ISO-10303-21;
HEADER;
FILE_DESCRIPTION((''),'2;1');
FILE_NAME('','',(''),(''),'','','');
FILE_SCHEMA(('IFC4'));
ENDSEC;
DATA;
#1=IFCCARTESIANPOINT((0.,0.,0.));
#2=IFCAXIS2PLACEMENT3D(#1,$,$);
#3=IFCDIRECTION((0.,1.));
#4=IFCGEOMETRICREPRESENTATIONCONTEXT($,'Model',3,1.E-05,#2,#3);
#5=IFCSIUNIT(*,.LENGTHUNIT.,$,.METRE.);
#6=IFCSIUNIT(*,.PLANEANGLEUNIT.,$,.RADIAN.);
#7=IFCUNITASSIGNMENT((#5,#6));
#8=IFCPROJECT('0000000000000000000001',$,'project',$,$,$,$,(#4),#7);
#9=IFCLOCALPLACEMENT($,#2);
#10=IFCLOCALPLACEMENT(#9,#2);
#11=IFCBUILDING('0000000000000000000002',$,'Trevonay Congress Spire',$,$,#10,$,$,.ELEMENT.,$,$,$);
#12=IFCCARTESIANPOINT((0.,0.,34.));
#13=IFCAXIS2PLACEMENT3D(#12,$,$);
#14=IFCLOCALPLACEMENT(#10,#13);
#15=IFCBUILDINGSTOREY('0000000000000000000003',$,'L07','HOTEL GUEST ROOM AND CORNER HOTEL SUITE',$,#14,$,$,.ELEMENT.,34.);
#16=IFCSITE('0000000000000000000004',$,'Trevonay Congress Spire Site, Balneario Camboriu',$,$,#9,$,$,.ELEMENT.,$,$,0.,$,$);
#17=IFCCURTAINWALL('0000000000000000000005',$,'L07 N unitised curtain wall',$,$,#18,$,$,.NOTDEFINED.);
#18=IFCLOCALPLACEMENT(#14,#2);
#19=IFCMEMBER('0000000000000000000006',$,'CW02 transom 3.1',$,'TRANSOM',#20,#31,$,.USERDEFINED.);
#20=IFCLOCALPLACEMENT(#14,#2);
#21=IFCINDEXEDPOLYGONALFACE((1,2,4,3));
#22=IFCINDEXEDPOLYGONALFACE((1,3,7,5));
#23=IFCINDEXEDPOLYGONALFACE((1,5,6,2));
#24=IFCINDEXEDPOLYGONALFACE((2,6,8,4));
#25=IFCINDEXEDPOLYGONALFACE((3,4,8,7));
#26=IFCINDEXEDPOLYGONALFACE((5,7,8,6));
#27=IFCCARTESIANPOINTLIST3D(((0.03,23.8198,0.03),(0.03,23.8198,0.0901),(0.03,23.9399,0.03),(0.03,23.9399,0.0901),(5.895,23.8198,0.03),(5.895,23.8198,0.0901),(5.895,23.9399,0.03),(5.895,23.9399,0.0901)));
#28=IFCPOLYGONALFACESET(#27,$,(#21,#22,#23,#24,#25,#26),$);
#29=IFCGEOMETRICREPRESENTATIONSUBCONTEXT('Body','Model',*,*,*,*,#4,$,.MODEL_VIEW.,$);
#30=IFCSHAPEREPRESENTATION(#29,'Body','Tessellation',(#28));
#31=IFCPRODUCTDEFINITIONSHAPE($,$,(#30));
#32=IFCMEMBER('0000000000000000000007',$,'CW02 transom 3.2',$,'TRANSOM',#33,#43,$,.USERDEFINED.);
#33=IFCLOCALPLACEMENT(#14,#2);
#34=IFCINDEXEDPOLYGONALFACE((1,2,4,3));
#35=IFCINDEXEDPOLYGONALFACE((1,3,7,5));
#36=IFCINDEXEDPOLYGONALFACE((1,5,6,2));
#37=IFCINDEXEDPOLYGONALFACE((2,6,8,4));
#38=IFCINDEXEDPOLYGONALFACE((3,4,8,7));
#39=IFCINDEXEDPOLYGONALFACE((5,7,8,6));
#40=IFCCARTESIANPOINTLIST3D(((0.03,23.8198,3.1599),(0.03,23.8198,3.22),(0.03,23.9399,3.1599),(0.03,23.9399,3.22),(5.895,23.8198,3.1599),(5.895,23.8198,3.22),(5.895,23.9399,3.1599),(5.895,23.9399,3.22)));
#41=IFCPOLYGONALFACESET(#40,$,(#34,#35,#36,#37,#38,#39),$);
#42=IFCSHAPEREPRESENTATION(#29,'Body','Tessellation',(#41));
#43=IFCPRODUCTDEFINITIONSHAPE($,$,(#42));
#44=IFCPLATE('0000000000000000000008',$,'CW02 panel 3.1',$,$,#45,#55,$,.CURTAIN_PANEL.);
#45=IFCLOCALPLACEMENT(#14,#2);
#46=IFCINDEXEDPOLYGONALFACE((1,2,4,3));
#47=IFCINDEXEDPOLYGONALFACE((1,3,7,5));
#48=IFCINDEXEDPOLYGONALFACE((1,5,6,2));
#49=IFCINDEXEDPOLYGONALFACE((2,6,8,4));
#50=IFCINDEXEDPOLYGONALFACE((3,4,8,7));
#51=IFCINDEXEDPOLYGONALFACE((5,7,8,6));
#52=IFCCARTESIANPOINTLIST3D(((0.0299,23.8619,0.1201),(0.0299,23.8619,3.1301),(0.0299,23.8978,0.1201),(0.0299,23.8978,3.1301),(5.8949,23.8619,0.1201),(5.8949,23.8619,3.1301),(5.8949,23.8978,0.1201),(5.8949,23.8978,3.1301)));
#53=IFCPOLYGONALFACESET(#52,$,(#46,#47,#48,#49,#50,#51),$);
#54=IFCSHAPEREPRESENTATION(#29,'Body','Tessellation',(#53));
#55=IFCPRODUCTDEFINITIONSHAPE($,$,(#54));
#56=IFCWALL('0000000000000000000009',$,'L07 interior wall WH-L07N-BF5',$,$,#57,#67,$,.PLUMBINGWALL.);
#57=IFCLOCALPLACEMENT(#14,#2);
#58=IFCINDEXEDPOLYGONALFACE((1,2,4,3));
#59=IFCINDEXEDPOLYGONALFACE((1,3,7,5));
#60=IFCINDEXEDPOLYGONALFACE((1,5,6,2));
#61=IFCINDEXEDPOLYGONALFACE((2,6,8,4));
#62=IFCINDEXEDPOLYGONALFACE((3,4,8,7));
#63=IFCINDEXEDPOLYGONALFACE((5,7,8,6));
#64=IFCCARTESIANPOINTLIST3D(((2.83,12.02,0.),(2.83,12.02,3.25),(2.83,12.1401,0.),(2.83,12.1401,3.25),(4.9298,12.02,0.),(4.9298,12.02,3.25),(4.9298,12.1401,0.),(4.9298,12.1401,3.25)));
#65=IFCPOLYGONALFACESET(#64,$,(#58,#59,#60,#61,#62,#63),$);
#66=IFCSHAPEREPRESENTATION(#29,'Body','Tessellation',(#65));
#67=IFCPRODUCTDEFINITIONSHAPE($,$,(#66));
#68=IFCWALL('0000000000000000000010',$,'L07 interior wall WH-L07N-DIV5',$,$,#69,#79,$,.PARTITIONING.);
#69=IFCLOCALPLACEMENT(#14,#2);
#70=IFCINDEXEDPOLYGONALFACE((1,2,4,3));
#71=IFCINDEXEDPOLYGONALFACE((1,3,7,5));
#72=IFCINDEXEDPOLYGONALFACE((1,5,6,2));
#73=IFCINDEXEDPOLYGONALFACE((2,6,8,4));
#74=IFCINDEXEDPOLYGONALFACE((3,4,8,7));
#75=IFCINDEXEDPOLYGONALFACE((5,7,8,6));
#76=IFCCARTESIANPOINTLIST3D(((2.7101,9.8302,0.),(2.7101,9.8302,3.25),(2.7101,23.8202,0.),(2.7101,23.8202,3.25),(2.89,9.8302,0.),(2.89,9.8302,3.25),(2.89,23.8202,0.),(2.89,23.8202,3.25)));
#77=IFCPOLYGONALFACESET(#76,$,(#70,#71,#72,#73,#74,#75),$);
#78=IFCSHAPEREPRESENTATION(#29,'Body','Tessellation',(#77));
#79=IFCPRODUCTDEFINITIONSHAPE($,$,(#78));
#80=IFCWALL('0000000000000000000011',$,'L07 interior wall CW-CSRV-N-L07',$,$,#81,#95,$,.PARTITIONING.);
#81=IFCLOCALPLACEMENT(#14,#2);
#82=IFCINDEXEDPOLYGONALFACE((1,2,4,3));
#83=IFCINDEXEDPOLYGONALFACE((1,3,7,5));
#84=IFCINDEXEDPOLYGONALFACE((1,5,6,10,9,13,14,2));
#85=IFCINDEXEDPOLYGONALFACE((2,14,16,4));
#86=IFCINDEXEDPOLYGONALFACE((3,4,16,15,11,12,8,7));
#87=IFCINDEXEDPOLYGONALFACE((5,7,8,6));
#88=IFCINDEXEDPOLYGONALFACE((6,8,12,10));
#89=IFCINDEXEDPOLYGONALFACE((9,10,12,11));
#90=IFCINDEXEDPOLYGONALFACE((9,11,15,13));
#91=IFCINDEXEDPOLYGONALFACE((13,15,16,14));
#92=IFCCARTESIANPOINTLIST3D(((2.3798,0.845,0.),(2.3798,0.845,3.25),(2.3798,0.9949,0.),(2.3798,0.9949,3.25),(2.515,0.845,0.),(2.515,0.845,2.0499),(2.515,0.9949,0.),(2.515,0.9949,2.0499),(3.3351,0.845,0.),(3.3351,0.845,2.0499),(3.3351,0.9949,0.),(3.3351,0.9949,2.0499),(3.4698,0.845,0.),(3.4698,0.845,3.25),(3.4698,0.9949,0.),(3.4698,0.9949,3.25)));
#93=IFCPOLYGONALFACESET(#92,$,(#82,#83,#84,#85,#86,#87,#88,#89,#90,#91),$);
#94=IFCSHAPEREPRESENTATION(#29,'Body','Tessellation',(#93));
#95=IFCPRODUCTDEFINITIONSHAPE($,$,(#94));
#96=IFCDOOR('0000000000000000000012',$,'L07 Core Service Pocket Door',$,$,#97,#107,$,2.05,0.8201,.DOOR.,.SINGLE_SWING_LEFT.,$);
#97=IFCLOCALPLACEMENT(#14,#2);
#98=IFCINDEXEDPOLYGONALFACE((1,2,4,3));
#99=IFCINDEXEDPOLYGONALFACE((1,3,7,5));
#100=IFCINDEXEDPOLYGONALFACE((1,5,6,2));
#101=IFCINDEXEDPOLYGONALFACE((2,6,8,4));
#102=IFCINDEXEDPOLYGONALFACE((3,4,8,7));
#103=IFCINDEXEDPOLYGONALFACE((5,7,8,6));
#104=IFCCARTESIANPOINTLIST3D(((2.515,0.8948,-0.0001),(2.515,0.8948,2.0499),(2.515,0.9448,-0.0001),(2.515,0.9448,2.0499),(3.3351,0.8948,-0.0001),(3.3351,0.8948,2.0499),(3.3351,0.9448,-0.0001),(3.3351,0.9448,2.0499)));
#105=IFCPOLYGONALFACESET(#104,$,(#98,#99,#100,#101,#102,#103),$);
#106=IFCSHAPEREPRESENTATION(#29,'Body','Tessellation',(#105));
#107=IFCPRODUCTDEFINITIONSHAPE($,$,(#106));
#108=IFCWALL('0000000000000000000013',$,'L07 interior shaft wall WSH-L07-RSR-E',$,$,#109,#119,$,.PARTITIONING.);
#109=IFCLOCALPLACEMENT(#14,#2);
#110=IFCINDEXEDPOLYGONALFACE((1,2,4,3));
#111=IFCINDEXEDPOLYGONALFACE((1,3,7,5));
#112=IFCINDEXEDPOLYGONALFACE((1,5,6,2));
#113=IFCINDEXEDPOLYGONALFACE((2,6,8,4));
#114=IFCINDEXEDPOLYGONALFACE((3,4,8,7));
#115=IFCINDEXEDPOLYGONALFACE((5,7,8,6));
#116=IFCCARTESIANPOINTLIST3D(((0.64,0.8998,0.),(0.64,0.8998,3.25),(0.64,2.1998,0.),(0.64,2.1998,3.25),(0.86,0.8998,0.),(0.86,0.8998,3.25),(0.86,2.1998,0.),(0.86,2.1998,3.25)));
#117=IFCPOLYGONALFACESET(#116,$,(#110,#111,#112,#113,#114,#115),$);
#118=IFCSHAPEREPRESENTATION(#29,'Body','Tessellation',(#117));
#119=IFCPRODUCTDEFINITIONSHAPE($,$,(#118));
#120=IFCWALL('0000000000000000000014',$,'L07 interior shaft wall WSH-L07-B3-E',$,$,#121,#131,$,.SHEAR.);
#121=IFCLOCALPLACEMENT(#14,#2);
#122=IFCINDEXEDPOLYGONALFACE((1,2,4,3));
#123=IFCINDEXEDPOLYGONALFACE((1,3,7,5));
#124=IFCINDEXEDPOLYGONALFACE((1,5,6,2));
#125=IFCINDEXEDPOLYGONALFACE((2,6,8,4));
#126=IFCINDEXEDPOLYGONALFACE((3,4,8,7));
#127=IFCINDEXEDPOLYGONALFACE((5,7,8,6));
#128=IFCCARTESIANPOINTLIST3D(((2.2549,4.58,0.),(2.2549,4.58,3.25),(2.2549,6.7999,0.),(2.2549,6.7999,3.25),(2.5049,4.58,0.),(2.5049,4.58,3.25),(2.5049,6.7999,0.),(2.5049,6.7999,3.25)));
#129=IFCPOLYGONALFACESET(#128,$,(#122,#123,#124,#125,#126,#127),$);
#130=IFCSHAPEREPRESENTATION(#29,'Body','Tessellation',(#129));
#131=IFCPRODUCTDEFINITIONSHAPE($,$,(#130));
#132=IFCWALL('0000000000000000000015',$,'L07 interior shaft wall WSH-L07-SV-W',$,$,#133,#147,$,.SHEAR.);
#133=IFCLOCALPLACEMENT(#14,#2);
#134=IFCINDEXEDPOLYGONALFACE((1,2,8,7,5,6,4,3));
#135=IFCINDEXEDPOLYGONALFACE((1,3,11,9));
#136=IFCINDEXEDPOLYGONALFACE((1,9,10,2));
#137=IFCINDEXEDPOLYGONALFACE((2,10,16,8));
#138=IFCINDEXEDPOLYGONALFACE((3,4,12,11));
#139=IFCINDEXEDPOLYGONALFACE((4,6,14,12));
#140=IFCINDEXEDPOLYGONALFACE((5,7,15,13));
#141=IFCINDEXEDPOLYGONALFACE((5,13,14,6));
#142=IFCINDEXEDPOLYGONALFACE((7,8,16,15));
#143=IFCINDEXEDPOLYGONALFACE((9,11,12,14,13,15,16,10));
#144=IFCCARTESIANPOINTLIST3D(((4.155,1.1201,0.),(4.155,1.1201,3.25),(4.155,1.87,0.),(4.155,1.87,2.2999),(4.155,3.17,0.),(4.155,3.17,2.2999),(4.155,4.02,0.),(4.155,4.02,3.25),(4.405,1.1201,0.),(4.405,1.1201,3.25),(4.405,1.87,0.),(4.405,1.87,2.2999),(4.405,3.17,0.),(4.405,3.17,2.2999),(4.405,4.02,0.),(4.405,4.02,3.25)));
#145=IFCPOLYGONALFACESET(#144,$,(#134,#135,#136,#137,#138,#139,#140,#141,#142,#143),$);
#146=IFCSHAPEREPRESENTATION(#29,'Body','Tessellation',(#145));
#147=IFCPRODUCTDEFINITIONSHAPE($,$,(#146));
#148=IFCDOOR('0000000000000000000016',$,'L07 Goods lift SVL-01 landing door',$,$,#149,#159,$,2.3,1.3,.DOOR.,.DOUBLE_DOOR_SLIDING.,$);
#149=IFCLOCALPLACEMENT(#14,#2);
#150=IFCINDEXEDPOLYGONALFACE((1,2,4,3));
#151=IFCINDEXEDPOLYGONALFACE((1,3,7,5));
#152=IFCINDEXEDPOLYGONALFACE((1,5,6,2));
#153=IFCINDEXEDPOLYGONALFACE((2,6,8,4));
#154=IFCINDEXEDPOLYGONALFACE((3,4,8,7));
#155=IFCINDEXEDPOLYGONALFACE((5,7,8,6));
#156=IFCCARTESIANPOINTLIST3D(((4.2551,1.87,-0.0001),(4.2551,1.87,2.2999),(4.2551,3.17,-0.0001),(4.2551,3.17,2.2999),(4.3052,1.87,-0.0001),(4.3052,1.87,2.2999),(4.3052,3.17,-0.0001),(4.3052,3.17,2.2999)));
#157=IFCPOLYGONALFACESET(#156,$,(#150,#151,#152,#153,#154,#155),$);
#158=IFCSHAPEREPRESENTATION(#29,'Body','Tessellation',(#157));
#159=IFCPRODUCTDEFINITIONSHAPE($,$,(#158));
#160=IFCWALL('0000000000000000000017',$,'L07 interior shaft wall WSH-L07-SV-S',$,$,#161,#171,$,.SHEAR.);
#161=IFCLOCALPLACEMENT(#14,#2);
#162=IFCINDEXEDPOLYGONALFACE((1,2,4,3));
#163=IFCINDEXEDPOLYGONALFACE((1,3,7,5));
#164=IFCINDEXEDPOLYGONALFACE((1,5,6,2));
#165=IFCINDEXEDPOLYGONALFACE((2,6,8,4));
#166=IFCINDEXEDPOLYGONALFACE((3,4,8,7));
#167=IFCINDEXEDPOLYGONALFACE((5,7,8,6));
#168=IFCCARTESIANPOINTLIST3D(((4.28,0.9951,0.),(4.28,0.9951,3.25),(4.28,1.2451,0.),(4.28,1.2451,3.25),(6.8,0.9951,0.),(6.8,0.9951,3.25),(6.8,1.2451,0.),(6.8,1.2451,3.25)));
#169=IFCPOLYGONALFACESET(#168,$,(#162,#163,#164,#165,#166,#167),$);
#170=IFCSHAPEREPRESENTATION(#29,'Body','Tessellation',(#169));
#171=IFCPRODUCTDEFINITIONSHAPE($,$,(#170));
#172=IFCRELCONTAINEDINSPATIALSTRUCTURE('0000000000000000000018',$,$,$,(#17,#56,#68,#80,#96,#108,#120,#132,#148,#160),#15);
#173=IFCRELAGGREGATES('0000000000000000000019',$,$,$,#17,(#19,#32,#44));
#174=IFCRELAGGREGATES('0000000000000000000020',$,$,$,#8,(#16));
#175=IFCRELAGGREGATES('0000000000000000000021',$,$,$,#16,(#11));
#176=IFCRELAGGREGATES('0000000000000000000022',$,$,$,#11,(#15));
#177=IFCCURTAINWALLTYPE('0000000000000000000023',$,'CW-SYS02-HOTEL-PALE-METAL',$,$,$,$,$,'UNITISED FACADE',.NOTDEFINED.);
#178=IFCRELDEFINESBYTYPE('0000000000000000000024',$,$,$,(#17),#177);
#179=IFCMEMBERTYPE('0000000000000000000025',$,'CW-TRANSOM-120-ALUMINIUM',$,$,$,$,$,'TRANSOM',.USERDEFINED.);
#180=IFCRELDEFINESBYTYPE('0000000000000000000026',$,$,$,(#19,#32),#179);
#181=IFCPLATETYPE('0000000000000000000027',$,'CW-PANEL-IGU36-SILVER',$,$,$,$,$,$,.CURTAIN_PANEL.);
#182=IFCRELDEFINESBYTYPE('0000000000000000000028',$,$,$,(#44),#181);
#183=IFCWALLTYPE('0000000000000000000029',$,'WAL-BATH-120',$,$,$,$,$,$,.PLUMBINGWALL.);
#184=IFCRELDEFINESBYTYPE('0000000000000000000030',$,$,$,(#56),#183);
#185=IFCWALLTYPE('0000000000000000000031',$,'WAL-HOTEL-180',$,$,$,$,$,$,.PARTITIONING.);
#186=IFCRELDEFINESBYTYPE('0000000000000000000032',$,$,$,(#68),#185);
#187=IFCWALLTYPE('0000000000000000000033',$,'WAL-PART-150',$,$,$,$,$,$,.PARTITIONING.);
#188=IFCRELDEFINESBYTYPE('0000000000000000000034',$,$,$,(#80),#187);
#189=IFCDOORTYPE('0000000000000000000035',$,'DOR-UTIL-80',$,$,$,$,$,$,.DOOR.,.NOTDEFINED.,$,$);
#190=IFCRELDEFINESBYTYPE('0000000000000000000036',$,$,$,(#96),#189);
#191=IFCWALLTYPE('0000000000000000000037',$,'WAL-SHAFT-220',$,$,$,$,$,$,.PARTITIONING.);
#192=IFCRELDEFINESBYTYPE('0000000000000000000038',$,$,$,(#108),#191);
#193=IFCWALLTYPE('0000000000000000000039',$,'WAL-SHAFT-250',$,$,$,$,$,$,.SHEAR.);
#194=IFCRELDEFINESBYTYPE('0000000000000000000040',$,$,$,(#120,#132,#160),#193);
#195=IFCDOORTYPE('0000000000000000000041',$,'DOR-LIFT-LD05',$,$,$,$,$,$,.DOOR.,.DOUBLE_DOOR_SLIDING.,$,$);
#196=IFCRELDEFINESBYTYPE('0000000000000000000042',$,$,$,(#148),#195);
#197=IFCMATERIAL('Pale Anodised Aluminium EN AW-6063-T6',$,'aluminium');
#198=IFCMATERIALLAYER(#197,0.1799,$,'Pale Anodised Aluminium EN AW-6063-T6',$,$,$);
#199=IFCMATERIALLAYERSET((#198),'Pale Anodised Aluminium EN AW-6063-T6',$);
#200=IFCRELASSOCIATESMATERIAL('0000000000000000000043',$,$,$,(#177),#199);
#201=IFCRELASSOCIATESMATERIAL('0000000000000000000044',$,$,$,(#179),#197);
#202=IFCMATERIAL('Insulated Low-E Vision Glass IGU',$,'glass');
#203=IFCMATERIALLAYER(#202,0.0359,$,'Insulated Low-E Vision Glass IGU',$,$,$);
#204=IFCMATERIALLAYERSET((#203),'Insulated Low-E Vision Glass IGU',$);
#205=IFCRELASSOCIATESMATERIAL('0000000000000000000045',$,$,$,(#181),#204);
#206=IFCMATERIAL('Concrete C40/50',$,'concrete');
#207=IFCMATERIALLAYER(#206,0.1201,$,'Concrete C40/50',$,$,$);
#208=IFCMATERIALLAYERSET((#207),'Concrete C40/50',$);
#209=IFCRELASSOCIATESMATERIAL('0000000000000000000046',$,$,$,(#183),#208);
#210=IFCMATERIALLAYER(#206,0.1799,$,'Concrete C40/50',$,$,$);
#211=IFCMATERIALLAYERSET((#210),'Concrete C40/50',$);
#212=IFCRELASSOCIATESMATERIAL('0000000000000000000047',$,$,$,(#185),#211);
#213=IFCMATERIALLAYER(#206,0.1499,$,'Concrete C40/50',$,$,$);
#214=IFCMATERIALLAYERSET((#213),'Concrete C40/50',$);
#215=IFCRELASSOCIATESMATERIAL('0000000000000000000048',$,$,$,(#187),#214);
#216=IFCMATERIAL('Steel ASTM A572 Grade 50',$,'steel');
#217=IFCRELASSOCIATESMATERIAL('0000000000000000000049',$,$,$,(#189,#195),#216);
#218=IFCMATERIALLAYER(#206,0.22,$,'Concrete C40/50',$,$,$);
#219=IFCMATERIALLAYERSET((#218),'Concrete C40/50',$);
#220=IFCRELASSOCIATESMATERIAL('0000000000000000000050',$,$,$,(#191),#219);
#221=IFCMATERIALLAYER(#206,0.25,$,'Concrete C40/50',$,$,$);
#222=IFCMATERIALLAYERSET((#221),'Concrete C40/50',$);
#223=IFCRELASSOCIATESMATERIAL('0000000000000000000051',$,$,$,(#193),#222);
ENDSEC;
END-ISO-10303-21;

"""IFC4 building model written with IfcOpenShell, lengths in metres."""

from ifc_helpers import new_model, si_unit, direction, frame, frame_2d, origin, origin_2d, place, context, subcontext, project, spatial, rectangle, extrude, material, layer, layer_set, material_profile, profile_set, type_object, element, fill, aggregate, save


model = new_model("IFC4")

# Units and contexts
model_context = context("Model", 3, precision=1e-05, world=origin(), true_north=direction((0.0, 1.0)))
body_context = subcontext(model_context, "Body", "Model", "MODEL_VIEW")
ifc_project = project(units=[si_unit("LENGTHUNIT", "METRE"), si_unit("PLANEANGLEUNIT", "RADIAN")], contexts=[model_context])

# Site, building, storey
site_placement = place(None, origin())
site = spatial("IfcSite", under=ifc_project, at=site_placement, Name="Trevonay Congress Spire Site, Balneario Camboriu", CompositionType="ELEMENT", RefElevation=0.0)
building_placement = place(site_placement, origin())
building = spatial("IfcBuilding", under=site, at=building_placement, Name="Trevonay Congress Spire", CompositionType="ELEMENT")
storey_placement = place(building_placement, frame((0.0, 0.0, 34.0)))
storey = spatial("IfcBuildingStorey", under=building, at=storey_placement, Name="L07", Description="HOTEL GUEST ROOM AND CORNER HOTEL SUITE", CompositionType="ELEMENT", Elevation=34.0)

# Shared definitions
ifc_material_1 = material(Name="Steel ASTM A572 Grade 50", Category="steel")

# Curtain wall, members, plate
ifc_material_2 = material(Name="Pale Anodised Aluminium EN AW-6063-T6", Category="aluminium")
ifc_layer_1 = layer(ifc_material_2, 0.1799, Name="Pale Anodised Aluminium EN AW-6063-T6")
ifc_layer_set_1 = layer_set([ifc_layer_1], Name="Pale Anodised Aluminium EN AW-6063-T6")
curtain_wall_type = type_object("IfcCurtainWallType", Name="CW-SYS02-HOTEL-PALE-METAL", ElementType="UNITISED FACADE", PredefinedType="NOTDEFINED", material=ifc_layer_set_1)
curtain_wall_placement = place(storey_placement, origin())
curtain_wall = element("IfcCurtainWall", 1, at=curtain_wall_placement, inside=storey, type_object=curtain_wall_type, Name="L07 N unitised curtain wall", PredefinedType="NOTDEFINED")
ifc_material_profile_1 = material_profile(ifc_material_2, rectangle(XDim=0.1201, YDim=0.0601, at=origin_2d()), Name="CW-TRANSOM-120-ALUMINIUM")
ifc_profile_set_1 = profile_set([ifc_material_profile_1], Name="Pale Anodised Aluminium EN AW-6063-T6")
member_type = type_object("IfcMemberType", Name="CW-TRANSOM-120-ALUMINIUM", ElementType="TRANSOM", PredefinedType="USERDEFINED", material=ifc_profile_set_1)
member_1_placement = place(storey_placement, frame((0.03, 23.8799, 0.0601), z_axis=(1.0, 0.0, 0.0), x_axis=(0.0, 1.0, 0.0)))
member_1 = element("IfcMember", 2, at=member_1_placement, type_object=member_type, Name="CW02 transom 3.1", ObjectType="TRANSOM", PredefinedType="USERDEFINED", context=body_context, shape_type="SweptSolid", body=[
    extrude(rectangle(XDim=0.1201, YDim=0.0601, at=origin_2d()), origin(), (0.0, 0.0, 1.0), 5.865),
])
member_2_placement = place(storey_placement, frame((0.03, 23.8799, 3.1899), z_axis=(1.0, 0.0, 0.0), x_axis=(0.0, 1.0, 0.0)))
member_2 = element("IfcMember", 3, at=member_2_placement, type_object=member_type, Name="CW02 transom 3.2", ObjectType="TRANSOM", PredefinedType="USERDEFINED", context=body_context, shape_type="SweptSolid", body=[
    extrude(rectangle(XDim=0.1201, YDim=0.0601, at=origin_2d()), origin(), (0.0, 0.0, 1.0), 5.865),
])
ifc_material_3 = material(Name="Insulated Low-E Vision Glass IGU", Category="glass")
ifc_layer_2 = layer(ifc_material_3, 0.0359, Name="Insulated Low-E Vision Glass IGU")
ifc_layer_set_2 = layer_set([ifc_layer_2], Name="Insulated Low-E Vision Glass IGU")
plate_type = type_object("IfcPlateType", Name="CW-PANEL-IGU36-SILVER", PredefinedType="CURTAIN_PANEL", material=ifc_layer_set_2)
plate_placement = place(storey_placement, frame((2.9624, 23.8799, 0.1201), z_axis=(0.0, 0.0, 1.0), x_axis=(1.0, 0.0, 0.0)))
plate = element("IfcPlate", 4, at=plate_placement, type_object=plate_type, Name="CW02 panel 3.1", PredefinedType="CURTAIN_PANEL", context=body_context, shape_type="SweptSolid", body=[
    extrude(rectangle(XDim=5.865, YDim=0.0359, at=origin_2d()), origin(), (0.0, 0.0, 1.0), 3.01),
])
aggregate(curtain_wall, [member_1, member_2, plate])

# Walls
ifc_material_4 = material(Name="Concrete C40/50", Category="concrete")
ifc_layer_3 = layer(ifc_material_4, 0.1201, Name="Concrete C40/50")
ifc_layer_set_3 = layer_set([ifc_layer_3], Name="Concrete C40/50")
wall_type_1 = type_object("IfcWallType", Name="WAL-BATH-120", PredefinedType="PLUMBINGWALL", material=ifc_layer_set_3)
wall_1_placement = place(storey_placement, frame((2.8301, 12.0801, 0.0), z_axis=(0.0, 0.0, 1.0), x_axis=(1.0, 0.0, 0.0)))
element("IfcWall", 5, at=wall_1_placement, inside=storey, type_object=wall_type_1, Name="L07 interior wall WH-L07N-BF5", PredefinedType="PLUMBINGWALL", context=body_context, shape_type="SweptSolid", body=[
    extrude(rectangle(XDim=2.0999, YDim=0.1201, at=frame_2d((1.0498, 0.0))), origin(), (0.0, 0.0, 1.0), 3.25),
])
ifc_layer_4 = layer(ifc_material_4, 0.1799, Name="Concrete C40/50")
ifc_layer_set_4 = layer_set([ifc_layer_4], Name="Concrete C40/50")
wall_type_2 = type_object("IfcWallType", Name="WAL-HOTEL-180", PredefinedType="PARTITIONING", material=ifc_layer_set_4)
wall_2_placement = place(storey_placement, frame((2.8, 9.8301, 0.0), z_axis=(0.0, 0.0, 1.0), x_axis=(0.0, 1.0, 0.0)))
element("IfcWall", 6, at=wall_2_placement, inside=storey, type_object=wall_type_2, Name="L07 interior wall WH-L07N-DIV5", PredefinedType="PARTITIONING", context=body_context, shape_type="SweptSolid", body=[
    extrude(rectangle(XDim=13.99, YDim=0.1799, at=frame_2d((6.9951, 0.0))), origin(), (0.0, 0.0, 1.0), 3.25),
])

# Wall, opening, door
ifc_layer_5 = layer(ifc_material_4, 0.1499, Name="Concrete C40/50")
ifc_layer_set_5 = layer_set([ifc_layer_5], Name="Concrete C40/50")
wall_type_3 = type_object("IfcWallType", Name="WAL-PART-150", PredefinedType="PARTITIONING", material=ifc_layer_set_5)
wall_3_placement = place(storey_placement, frame((2.3799, 0.9199, 0.0), z_axis=(0.0, 0.0, 1.0), x_axis=(1.0, 0.0, 0.0)))
wall_3 = element("IfcWall", 7, at=wall_3_placement, inside=storey, type_object=wall_type_3, Name="L07 interior wall CW-CSRV-N-L07", PredefinedType="PARTITIONING", context=body_context, shape_type="SweptSolid", body=[
    extrude(rectangle(XDim=1.0901, YDim=0.1499, at=frame_2d((0.5449, 0.0))), origin(), (0.0, 0.0, 1.0), 3.25),
])
opening_1_placement = place(wall_3_placement, frame((0.135, 0.0, 0.0)))
opening_1 = element("IfcOpeningElement", 8, at=opening_1_placement, cuts=wall_3, PredefinedType="OPENING", context=body_context, shape_type="SweptSolid", body=[
    extrude(rectangle(XDim=0.8201, YDim=2.05, at=frame_2d((0.4102, 1.0249))), frame((0.0, 0.085, 0.0), z_axis=(0.0, -1.0, 0.0), x_axis=(1.0, 0.0, 0.0)), (0.0, 0.0, 1.0), 0.1699),
])
door_type_1 = type_object("IfcDoorType", Name="DOR-UTIL-80", OperationType="NOTDEFINED", PredefinedType="DOOR", material=ifc_material_1)
door_1_placement = place(opening_1_placement, origin())
door_1 = element("IfcDoor", 9, at=door_1_placement, inside=storey, type_object=door_type_1, Name="L07 Core Service Pocket Door", OperationType="SINGLE_SWING_LEFT", OverallHeight=2.05, OverallWidth=0.8201, PredefinedType="DOOR", context=body_context, shape_type="SweptSolid", body=[
    extrude(rectangle(XDim=0.8201, YDim=2.05, at=frame_2d((0.4102, 1.0249))), frame((0.0, 0.0249, 0.0), z_axis=(0.0, -1.0, 0.0), x_axis=(1.0, 0.0, 0.0)), (0.0, 0.0, 1.0), 0.05),
])
fill(opening_1, door_1)

# Walls
ifc_layer_6 = layer(ifc_material_4, 0.22, Name="Concrete C40/50")
ifc_layer_set_6 = layer_set([ifc_layer_6], Name="Concrete C40/50")
wall_type_4 = type_object("IfcWallType", Name="WAL-SHAFT-220", PredefinedType="PARTITIONING", material=ifc_layer_set_6)
wall_4_placement = place(storey_placement, frame((0.75, 0.8999, 0.0), z_axis=(0.0, 0.0, 1.0), x_axis=(0.0, 1.0, 0.0)))
element("IfcWall", 10, at=wall_4_placement, inside=storey, type_object=wall_type_4, Name="L07 interior shaft wall WSH-L07-RSR-E", PredefinedType="PARTITIONING", context=body_context, shape_type="SweptSolid", body=[
    extrude(rectangle(XDim=1.3, YDim=0.22, at=frame_2d((0.6499, 0.0))), origin(), (0.0, 0.0, 1.0), 3.25),
])
ifc_layer_7 = layer(ifc_material_4, 0.25, Name="Concrete C40/50")
ifc_layer_set_7 = layer_set([ifc_layer_7], Name="Concrete C40/50")
wall_type_5 = type_object("IfcWallType", Name="WAL-SHAFT-250", PredefinedType="SHEAR", material=ifc_layer_set_7)
wall_5_placement = place(storey_placement, frame((2.3799, 4.5801, 0.0), z_axis=(0.0, 0.0, 1.0), x_axis=(0.0, 1.0, 0.0)))
element("IfcWall", 11, at=wall_5_placement, inside=storey, type_object=wall_type_5, Name="L07 interior shaft wall WSH-L07-B3-E", PredefinedType="SHEAR", context=body_context, shape_type="SweptSolid", body=[
    extrude(rectangle(XDim=2.22, YDim=0.25, at=frame_2d((1.1099, 0.0))), origin(), (0.0, 0.0, 1.0), 3.25),
])

# Wall, opening, door
wall_6_placement = place(storey_placement, frame((4.28, 1.1201, 0.0), z_axis=(0.0, 0.0, 1.0), x_axis=(0.0, 1.0, 0.0)))
wall_6 = element("IfcWall", 12, at=wall_6_placement, inside=storey, type_object=wall_type_5, Name="L07 interior shaft wall WSH-L07-SV-W", PredefinedType="SHEAR", context=body_context, shape_type="SweptSolid", body=[
    extrude(rectangle(XDim=2.8999, YDim=0.25, at=frame_2d((1.45, 0.0))), origin(), (0.0, 0.0, 1.0), 3.25),
])
opening_2_placement = place(wall_6_placement, frame((0.75, 0.0, 0.0)))
opening_2 = element("IfcOpeningElement", 13, at=opening_2_placement, cuts=wall_6, PredefinedType="OPENING", context=body_context, shape_type="SweptSolid", body=[
    extrude(rectangle(XDim=1.3, YDim=2.3, at=frame_2d((0.6499, 1.1499))), frame((0.0, 0.135, 0.0), z_axis=(0.0, -1.0, 0.0), x_axis=(1.0, 0.0, 0.0)), (0.0, 0.0, 1.0), 0.27),
])
door_type_2 = type_object("IfcDoorType", Name="DOR-LIFT-LD05", OperationType="DOUBLE_DOOR_SLIDING", PredefinedType="DOOR", material=ifc_material_1)
door_2_placement = place(opening_2_placement, origin())
door_2 = element("IfcDoor", 14, at=door_2_placement, inside=storey, type_object=door_type_2, Name="L07 Goods lift SVL-01 landing door", OperationType="DOUBLE_DOOR_SLIDING", OverallHeight=2.3, OverallWidth=1.3, PredefinedType="DOOR", context=body_context, shape_type="SweptSolid", body=[
    extrude(rectangle(XDim=1.3, YDim=2.3, at=frame_2d((0.6499, 1.1499))), frame((0.0, 0.0249, 0.0), z_axis=(0.0, -1.0, 0.0), x_axis=(1.0, 0.0, 0.0)), (0.0, 0.0, 1.0), 0.05),
])
fill(opening_2, door_2)

# Wall
for number, where, z_axis, x_axis, name in (
    (15, (4.28, 1.1201, 0.0), (0.0, 0.0, 1.0), (1.0, 0.0, 0.0), "L07 interior shaft wall WSH-L07-SV-S"),
):
    element("IfcWall", number, at=place(storey_placement, frame(where, z_axis=z_axis, x_axis=x_axis)), inside=storey, type_object=wall_type_5, Name=name, PredefinedType="SHEAR", context=body_context, shape_type="SweptSolid", body=[
        extrude(rectangle(XDim=2.52, YDim=0.25, at=frame_2d((1.26, 0.0))), origin(), (0.0, 0.0, 1.0), 3.25),
    ])

save(model, "model.ifc")
